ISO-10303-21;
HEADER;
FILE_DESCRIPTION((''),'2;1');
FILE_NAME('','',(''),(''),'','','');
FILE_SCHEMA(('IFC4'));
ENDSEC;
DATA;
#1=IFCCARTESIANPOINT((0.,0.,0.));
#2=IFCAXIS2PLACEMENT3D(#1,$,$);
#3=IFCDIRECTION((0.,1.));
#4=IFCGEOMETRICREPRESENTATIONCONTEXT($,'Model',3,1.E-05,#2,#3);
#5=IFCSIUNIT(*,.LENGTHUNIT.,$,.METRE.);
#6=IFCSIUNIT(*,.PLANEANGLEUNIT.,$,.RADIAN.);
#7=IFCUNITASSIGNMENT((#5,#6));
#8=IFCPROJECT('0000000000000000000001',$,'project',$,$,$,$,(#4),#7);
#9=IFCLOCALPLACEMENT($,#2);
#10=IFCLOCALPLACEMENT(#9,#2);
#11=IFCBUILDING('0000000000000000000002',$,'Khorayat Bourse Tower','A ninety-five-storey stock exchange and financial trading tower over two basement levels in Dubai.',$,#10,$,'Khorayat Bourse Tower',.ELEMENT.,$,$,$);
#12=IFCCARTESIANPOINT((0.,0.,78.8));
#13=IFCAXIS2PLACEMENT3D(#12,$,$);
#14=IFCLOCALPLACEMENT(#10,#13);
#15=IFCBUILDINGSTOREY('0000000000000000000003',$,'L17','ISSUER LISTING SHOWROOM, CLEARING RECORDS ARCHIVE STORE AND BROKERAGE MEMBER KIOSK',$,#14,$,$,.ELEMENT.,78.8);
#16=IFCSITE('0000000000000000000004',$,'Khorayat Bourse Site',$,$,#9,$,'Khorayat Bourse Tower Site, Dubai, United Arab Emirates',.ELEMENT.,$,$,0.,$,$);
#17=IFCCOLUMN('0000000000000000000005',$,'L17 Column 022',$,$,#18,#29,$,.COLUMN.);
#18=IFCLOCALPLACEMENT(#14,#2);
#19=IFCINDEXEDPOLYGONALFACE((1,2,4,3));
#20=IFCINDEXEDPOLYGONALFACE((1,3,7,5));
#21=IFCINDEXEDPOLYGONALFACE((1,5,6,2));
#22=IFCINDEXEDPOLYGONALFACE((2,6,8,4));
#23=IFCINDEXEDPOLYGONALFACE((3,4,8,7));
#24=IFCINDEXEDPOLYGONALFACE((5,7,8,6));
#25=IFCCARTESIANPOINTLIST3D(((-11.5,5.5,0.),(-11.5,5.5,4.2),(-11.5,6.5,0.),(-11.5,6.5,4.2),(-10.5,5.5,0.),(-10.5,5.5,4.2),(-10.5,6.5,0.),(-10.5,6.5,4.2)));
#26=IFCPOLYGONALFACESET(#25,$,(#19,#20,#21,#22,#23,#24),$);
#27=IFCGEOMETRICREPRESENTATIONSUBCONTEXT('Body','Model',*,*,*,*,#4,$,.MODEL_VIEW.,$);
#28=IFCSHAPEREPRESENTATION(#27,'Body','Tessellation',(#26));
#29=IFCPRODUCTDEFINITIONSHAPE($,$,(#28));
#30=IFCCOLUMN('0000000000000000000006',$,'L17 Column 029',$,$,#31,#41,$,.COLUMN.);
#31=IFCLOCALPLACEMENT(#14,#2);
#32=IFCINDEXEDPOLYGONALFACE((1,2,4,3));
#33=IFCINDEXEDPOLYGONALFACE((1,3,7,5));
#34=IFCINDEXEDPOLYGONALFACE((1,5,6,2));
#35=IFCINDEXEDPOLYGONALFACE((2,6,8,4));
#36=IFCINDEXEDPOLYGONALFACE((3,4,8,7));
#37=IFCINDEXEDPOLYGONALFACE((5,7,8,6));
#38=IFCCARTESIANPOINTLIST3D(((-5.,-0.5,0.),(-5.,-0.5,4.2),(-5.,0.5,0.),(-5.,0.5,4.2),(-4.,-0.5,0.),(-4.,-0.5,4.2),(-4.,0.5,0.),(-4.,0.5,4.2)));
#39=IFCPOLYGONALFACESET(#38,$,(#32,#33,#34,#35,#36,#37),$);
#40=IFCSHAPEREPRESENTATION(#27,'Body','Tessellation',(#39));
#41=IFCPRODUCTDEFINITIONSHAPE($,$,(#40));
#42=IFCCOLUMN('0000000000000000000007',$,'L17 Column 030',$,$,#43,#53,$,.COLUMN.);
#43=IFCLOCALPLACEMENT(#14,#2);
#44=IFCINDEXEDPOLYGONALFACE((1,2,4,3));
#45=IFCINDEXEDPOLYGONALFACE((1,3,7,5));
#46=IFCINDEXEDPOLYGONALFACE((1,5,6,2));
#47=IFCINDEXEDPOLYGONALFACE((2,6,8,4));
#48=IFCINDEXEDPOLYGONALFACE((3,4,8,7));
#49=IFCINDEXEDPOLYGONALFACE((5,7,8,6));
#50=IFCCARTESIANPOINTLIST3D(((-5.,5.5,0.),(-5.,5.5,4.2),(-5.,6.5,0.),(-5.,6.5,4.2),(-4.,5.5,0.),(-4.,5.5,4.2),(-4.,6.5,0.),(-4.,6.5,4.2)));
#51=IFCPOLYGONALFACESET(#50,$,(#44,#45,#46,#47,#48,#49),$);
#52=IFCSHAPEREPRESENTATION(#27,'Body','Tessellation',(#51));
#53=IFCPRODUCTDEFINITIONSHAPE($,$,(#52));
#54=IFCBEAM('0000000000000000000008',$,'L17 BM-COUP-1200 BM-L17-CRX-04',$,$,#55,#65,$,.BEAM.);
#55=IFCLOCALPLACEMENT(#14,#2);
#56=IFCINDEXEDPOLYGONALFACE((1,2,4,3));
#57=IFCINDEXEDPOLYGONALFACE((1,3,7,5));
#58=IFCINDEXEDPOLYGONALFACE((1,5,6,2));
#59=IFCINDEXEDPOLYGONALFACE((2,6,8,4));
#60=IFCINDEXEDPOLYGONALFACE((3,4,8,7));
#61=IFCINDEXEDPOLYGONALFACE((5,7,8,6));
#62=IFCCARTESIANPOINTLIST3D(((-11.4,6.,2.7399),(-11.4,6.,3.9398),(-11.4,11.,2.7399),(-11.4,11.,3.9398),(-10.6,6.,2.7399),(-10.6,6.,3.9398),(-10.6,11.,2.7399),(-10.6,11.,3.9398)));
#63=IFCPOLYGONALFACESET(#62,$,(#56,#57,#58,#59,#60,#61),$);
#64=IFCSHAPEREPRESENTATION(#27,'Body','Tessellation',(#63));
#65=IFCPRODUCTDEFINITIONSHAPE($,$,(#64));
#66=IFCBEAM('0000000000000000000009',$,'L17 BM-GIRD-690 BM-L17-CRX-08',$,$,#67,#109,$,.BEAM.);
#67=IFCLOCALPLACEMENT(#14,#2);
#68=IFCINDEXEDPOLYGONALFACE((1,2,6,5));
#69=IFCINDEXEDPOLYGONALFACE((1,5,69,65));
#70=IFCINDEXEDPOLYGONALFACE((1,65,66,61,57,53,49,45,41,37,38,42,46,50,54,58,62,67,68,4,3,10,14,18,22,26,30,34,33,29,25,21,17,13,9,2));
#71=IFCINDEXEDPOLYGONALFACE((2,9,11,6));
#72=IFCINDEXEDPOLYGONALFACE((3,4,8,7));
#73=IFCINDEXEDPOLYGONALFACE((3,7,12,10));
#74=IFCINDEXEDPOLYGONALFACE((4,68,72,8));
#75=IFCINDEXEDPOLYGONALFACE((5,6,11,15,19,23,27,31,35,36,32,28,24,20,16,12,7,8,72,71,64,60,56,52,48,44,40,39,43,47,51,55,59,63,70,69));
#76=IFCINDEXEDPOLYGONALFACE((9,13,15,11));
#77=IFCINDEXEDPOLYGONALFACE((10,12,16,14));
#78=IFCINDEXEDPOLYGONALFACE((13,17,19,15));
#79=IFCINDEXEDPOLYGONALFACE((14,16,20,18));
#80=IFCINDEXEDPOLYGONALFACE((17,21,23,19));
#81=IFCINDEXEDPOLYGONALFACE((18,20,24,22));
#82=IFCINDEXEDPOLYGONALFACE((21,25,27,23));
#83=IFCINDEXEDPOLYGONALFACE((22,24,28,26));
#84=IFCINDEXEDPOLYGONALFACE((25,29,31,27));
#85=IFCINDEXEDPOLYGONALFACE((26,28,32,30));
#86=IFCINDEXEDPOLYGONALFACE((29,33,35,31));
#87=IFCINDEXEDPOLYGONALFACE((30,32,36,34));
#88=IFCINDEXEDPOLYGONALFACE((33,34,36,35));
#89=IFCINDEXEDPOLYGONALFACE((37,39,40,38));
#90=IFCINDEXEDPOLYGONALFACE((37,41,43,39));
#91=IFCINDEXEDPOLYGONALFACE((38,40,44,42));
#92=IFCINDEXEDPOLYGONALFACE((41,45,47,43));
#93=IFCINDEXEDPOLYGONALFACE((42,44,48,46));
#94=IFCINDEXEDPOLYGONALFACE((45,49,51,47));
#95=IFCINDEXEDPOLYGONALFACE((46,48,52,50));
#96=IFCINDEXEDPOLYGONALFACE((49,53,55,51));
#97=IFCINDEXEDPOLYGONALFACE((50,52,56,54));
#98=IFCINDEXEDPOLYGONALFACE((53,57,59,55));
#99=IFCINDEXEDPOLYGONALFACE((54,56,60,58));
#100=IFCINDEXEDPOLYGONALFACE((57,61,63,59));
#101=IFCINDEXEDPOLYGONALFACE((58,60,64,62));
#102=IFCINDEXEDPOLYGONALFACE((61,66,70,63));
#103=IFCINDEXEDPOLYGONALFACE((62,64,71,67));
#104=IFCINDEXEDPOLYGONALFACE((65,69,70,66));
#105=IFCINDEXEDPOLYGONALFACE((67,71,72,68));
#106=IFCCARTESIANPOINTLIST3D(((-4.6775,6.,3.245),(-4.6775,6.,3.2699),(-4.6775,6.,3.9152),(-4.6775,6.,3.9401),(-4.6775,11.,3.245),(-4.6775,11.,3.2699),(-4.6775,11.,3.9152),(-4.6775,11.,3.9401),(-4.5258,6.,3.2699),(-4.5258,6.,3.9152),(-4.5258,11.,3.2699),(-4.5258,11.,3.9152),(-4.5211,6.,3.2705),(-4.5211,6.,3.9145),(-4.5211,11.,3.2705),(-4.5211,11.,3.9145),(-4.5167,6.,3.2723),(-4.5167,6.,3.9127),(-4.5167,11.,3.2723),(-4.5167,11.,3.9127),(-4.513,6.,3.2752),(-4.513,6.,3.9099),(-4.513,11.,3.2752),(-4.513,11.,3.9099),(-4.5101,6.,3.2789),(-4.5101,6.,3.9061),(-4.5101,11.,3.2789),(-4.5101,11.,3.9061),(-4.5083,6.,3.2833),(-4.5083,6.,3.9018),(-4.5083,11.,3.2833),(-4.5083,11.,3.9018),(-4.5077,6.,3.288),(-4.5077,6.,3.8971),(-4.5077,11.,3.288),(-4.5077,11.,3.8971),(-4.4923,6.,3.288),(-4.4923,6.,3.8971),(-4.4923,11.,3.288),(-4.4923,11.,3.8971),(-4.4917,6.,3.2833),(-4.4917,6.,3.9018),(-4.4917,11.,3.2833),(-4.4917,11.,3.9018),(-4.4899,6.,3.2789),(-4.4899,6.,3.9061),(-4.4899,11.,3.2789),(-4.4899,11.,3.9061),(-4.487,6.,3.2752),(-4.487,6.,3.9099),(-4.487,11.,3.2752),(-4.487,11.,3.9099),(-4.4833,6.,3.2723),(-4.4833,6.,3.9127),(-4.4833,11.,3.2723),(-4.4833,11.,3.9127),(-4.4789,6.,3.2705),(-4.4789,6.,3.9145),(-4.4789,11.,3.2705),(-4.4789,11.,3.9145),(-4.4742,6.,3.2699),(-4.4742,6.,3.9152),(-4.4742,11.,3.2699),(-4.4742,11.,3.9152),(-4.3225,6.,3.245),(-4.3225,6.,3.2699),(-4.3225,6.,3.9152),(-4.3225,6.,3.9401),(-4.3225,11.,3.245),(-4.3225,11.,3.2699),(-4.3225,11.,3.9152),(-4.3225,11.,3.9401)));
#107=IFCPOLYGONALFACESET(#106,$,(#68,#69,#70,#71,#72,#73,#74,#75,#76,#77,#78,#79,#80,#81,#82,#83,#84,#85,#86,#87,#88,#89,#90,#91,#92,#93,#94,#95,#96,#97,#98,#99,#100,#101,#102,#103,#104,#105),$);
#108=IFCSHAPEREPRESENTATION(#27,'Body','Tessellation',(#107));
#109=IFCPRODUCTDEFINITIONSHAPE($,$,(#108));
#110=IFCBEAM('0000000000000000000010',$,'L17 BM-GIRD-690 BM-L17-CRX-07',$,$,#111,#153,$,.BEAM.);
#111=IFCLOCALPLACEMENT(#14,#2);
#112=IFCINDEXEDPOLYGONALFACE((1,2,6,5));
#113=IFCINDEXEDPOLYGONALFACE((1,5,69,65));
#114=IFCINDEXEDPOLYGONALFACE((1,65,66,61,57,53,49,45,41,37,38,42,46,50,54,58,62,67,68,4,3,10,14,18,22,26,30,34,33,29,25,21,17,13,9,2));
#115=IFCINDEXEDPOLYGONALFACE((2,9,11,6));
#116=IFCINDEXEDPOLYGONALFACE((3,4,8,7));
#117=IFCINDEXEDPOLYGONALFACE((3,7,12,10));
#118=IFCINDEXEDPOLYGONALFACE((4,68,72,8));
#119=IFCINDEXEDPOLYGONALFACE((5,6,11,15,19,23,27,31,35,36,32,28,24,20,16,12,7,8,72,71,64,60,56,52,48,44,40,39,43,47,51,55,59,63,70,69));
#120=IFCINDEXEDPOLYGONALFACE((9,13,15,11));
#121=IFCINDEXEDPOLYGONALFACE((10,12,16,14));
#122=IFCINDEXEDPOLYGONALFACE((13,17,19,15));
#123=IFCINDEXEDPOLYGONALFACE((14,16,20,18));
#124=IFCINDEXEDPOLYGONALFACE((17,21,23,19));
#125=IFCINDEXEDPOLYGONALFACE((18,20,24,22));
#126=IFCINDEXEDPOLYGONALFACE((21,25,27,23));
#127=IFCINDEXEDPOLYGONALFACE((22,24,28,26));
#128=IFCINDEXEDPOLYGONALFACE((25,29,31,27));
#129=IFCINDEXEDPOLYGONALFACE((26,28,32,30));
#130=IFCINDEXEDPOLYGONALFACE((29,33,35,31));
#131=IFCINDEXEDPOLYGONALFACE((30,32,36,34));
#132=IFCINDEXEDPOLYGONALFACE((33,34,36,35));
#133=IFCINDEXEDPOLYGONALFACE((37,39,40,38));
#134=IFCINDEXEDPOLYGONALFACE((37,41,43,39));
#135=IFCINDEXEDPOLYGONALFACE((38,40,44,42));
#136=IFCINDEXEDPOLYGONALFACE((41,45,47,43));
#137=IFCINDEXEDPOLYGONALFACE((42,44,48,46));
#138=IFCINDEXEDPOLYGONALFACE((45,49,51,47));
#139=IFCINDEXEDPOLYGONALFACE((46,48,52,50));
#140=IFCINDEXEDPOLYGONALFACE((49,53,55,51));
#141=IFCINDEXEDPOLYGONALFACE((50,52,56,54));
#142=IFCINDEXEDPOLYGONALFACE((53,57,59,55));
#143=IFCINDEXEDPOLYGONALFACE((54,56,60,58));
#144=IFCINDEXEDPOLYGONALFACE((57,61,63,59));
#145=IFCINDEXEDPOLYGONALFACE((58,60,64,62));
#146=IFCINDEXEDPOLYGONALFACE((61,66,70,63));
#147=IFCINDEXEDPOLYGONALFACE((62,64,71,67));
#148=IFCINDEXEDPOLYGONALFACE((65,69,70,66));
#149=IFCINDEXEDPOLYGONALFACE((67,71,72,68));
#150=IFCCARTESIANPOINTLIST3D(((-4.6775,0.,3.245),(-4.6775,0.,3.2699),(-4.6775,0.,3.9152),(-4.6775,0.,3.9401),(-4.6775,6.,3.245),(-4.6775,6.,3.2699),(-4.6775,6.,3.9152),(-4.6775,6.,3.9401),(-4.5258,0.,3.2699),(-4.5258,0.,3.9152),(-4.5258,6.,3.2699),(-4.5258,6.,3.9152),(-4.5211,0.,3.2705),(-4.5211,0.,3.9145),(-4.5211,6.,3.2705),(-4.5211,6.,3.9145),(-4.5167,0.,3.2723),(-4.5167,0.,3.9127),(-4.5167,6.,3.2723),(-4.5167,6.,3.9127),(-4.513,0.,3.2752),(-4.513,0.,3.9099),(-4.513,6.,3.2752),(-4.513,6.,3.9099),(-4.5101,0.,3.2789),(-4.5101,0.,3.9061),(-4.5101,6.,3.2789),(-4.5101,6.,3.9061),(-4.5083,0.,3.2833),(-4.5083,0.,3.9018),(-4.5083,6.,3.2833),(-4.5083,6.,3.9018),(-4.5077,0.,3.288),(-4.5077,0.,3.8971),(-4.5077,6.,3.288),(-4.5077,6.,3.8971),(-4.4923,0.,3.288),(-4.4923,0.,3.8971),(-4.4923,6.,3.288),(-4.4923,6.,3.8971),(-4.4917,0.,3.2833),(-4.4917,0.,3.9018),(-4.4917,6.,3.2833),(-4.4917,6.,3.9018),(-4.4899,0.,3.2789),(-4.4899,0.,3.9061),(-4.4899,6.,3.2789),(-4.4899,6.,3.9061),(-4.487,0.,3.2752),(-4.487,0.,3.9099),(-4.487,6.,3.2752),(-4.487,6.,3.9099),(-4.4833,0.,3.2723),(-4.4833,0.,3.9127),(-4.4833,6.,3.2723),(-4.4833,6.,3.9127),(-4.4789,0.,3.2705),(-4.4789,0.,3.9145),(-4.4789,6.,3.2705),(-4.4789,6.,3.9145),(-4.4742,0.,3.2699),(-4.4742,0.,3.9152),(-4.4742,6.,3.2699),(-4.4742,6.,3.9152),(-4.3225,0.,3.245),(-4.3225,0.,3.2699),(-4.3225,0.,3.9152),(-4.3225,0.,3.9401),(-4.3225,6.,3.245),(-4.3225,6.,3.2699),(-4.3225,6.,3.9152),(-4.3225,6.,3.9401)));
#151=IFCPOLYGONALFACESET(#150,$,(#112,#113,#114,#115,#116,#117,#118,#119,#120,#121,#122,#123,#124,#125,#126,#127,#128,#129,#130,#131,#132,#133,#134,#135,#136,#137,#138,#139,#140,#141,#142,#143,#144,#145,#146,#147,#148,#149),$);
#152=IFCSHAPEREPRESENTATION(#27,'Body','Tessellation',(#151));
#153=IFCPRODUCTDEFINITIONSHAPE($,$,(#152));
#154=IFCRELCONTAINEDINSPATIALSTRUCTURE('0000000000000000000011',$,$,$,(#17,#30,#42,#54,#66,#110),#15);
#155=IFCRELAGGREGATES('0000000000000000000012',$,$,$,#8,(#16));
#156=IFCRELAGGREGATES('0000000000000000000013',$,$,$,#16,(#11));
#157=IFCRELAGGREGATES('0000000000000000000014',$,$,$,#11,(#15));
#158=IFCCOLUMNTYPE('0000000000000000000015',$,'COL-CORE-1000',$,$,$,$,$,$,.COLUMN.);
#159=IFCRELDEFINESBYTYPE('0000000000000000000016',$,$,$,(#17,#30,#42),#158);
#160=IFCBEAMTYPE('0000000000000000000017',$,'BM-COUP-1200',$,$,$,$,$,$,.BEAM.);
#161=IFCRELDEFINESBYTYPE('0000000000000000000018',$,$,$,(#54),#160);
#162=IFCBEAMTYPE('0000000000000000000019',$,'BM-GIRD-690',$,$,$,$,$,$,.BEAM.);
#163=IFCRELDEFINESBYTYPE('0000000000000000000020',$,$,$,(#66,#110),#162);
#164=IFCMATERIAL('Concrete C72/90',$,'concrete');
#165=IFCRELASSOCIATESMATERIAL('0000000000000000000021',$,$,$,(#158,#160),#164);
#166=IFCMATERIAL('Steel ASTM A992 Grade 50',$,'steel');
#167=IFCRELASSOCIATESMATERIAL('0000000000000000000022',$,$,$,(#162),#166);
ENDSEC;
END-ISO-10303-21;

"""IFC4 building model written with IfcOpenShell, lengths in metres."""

from ifc_helpers import new_model, si_unit, direction, frame, origin, origin_2d, place, context, subcontext, project, spatial, rectangle, i_section, extrude, source, transform, mapped, material, material_profile, profile_set, type_object, element, save


model = new_model("IFC4")

# Units and contexts
model_context = context("Model", 3, precision=1e-05, world=origin(), true_north=direction((0.0, 1.0)))
body_context = subcontext(model_context, "Body", "Model", "MODEL_VIEW")
ifc_project = project(units=[si_unit("LENGTHUNIT", "METRE"), si_unit("PLANEANGLEUNIT", "RADIAN")], contexts=[model_context])

# Site, building, storey
site_placement = place(None, origin())
site = spatial("IfcSite", under=ifc_project, at=site_placement, Name="Khorayat Bourse Site", LongName="Khorayat Bourse Tower Site, Dubai, United Arab Emirates", CompositionType="ELEMENT", RefElevation=0.0)
building_placement = place(site_placement, origin())
building = spatial("IfcBuilding", under=site, at=building_placement, Name="Khorayat Bourse Tower", Description="A ninety-five-storey stock exchange and financial trading tower over two basement levels in Dubai.", LongName="Khorayat Bourse Tower", CompositionType="ELEMENT")
storey_placement = place(building_placement, frame((0.0, 0.0, 78.8)))
storey = spatial("IfcBuildingStorey", under=building, at=storey_placement, Name="L17", Description="ISSUER LISTING SHOWROOM, CLEARING RECORDS ARCHIVE STORE AND BROKERAGE MEMBER KIOSK", CompositionType="ELEMENT", Elevation=78.8)

# Columns
ifc_material_1 = material(Name="Concrete C72/90", Category="concrete")
ifc_material_profile_1 = material_profile(ifc_material_1, rectangle(XDim=1.0, YDim=1.0, at=origin_2d()), Name="RC 1000x1000")
ifc_profile_set_1 = profile_set([ifc_material_profile_1], Name="Concrete C72/90")
column_type = type_object("IfcColumnType", Name="COL-CORE-1000", PredefinedType="COLUMN", material=ifc_profile_set_1)
shared_shape_1 = source(origin(), body_context, "Body", "SweptSolid", [
    extrude(rectangle(XDim=1.0, YDim=1.0, at=origin_2d()), origin(), (0.0, 0.0, 1.0), 4.2),
])
for number, where, z_axis, x_axis, name in (
    (1, (-11.0, 6.0, 0.0), (0.0, 0.0, 1.0), (1.0, 0.0, 0.0), "L17 Column 022"),
    (2, (-4.5, 0.0, 0.0), (0.0, 0.0, 1.0), (1.0, 0.0, 0.0), "L17 Column 029"),
    (3, (-4.5, 6.0, 0.0), (0.0, 0.0, 1.0), (1.0, 0.0, 0.0), "L17 Column 030"),
):
    element("IfcColumn", number, at=place(storey_placement, frame(where, z_axis=z_axis, x_axis=x_axis)), inside=storey, type_object=column_type, Name=name, PredefinedType="COLUMN", context=body_context, shape_type="MappedRepresentation", body=[
        mapped(shared_shape_1, transform((0.0, 0.0, 0.0), scale=1.0)),
    ])

# Beams
ifc_material_profile_2 = material_profile(ifc_material_1, rectangle(XDim=0.8, YDim=1.2, at=origin_2d()), Name="RC 800x1200")
ifc_profile_set_2 = profile_set([ifc_material_profile_2], Name="Concrete C72/90")
beam_type_1 = type_object("IfcBeamType", Name="BM-COUP-1200", PredefinedType="BEAM", material=ifc_profile_set_2)
shared_shape_2 = source(origin(), body_context, "Body", "SweptSolid", [
    extrude(rectangle(XDim=0.8, YDim=1.2, at=origin_2d()), origin(), (0.0, 0.0, 1.0), 5.0),
])
beam_1_placement = place(storey_placement, frame((-11.0, 6.0, 3.3398), z_axis=(0.0, 1.0, 0.0), x_axis=(-1.0, 0.0, 0.0)))
element("IfcBeam", 4, at=beam_1_placement, inside=storey, type_object=beam_type_1, Name="L17 BM-COUP-1200 BM-L17-CRX-04", PredefinedType="BEAM", context=body_context, shape_type="MappedRepresentation", body=[
    mapped(shared_shape_2, transform((0.0, 0.0, 0.0), scale=1.0)),
])
ifc_material_2 = material(Name="Steel ASTM A992 Grade 50", Category="steel")
ifc_material_profile_3 = material_profile(ifc_material_2, i_section(OverallWidth=0.355, OverallDepth=0.6951, WebThickness=0.0154, FlangeThickness=0.0249, FilletRadius=0.0181, at=origin_2d()), Name="W690X217")
ifc_profile_set_3 = profile_set([ifc_material_profile_3], Name="Steel ASTM A992 Grade 50")
beam_type_2 = type_object("IfcBeamType", Name="BM-GIRD-690", PredefinedType="BEAM", material=ifc_profile_set_3)
shared_shape_3 = source(origin(), body_context, "Body", "SweptSolid", [
    extrude(i_section(OverallWidth=0.355, OverallDepth=0.6951, WebThickness=0.0154, FlangeThickness=0.0249, FilletRadius=0.0181, at=origin_2d()), origin(), (0.0, 0.0, 1.0), 5.0),
])
beam_2_placement = place(storey_placement, frame((-4.5, 6.0, 3.5925), z_axis=(0.0, 1.0, 0.0), x_axis=(-1.0, 0.0, 0.0)))
element("IfcBeam", 5, at=beam_2_placement, inside=storey, type_object=beam_type_2, Name="L17 BM-GIRD-690 BM-L17-CRX-08", PredefinedType="BEAM", context=body_context, shape_type="MappedRepresentation", body=[
    mapped(shared_shape_3, transform((0.0, 0.0, 0.0), scale=1.0)),
])
shared_shape_4 = source(origin(), body_context, "Body", "SweptSolid", [
    extrude(i_section(OverallWidth=0.355, OverallDepth=0.6951, WebThickness=0.0154, FlangeThickness=0.0249, FilletRadius=0.0181, at=origin_2d()), origin(), (0.0, 0.0, 1.0), 6.0),
])
beam_3_placement = place(storey_placement, frame((-4.5, 0.0, 3.5925), z_axis=(0.0, 1.0, 0.0), x_axis=(-1.0, 0.0, 0.0)))
element("IfcBeam", 6, at=beam_3_placement, inside=storey, type_object=beam_type_2, Name="L17 BM-GIRD-690 BM-L17-CRX-07", PredefinedType="BEAM", context=body_context, shape_type="MappedRepresentation", body=[
    mapped(shared_shape_4, transform((0.0, 0.0, 0.0), scale=1.0)),
])

save(model, "model.ifc")
